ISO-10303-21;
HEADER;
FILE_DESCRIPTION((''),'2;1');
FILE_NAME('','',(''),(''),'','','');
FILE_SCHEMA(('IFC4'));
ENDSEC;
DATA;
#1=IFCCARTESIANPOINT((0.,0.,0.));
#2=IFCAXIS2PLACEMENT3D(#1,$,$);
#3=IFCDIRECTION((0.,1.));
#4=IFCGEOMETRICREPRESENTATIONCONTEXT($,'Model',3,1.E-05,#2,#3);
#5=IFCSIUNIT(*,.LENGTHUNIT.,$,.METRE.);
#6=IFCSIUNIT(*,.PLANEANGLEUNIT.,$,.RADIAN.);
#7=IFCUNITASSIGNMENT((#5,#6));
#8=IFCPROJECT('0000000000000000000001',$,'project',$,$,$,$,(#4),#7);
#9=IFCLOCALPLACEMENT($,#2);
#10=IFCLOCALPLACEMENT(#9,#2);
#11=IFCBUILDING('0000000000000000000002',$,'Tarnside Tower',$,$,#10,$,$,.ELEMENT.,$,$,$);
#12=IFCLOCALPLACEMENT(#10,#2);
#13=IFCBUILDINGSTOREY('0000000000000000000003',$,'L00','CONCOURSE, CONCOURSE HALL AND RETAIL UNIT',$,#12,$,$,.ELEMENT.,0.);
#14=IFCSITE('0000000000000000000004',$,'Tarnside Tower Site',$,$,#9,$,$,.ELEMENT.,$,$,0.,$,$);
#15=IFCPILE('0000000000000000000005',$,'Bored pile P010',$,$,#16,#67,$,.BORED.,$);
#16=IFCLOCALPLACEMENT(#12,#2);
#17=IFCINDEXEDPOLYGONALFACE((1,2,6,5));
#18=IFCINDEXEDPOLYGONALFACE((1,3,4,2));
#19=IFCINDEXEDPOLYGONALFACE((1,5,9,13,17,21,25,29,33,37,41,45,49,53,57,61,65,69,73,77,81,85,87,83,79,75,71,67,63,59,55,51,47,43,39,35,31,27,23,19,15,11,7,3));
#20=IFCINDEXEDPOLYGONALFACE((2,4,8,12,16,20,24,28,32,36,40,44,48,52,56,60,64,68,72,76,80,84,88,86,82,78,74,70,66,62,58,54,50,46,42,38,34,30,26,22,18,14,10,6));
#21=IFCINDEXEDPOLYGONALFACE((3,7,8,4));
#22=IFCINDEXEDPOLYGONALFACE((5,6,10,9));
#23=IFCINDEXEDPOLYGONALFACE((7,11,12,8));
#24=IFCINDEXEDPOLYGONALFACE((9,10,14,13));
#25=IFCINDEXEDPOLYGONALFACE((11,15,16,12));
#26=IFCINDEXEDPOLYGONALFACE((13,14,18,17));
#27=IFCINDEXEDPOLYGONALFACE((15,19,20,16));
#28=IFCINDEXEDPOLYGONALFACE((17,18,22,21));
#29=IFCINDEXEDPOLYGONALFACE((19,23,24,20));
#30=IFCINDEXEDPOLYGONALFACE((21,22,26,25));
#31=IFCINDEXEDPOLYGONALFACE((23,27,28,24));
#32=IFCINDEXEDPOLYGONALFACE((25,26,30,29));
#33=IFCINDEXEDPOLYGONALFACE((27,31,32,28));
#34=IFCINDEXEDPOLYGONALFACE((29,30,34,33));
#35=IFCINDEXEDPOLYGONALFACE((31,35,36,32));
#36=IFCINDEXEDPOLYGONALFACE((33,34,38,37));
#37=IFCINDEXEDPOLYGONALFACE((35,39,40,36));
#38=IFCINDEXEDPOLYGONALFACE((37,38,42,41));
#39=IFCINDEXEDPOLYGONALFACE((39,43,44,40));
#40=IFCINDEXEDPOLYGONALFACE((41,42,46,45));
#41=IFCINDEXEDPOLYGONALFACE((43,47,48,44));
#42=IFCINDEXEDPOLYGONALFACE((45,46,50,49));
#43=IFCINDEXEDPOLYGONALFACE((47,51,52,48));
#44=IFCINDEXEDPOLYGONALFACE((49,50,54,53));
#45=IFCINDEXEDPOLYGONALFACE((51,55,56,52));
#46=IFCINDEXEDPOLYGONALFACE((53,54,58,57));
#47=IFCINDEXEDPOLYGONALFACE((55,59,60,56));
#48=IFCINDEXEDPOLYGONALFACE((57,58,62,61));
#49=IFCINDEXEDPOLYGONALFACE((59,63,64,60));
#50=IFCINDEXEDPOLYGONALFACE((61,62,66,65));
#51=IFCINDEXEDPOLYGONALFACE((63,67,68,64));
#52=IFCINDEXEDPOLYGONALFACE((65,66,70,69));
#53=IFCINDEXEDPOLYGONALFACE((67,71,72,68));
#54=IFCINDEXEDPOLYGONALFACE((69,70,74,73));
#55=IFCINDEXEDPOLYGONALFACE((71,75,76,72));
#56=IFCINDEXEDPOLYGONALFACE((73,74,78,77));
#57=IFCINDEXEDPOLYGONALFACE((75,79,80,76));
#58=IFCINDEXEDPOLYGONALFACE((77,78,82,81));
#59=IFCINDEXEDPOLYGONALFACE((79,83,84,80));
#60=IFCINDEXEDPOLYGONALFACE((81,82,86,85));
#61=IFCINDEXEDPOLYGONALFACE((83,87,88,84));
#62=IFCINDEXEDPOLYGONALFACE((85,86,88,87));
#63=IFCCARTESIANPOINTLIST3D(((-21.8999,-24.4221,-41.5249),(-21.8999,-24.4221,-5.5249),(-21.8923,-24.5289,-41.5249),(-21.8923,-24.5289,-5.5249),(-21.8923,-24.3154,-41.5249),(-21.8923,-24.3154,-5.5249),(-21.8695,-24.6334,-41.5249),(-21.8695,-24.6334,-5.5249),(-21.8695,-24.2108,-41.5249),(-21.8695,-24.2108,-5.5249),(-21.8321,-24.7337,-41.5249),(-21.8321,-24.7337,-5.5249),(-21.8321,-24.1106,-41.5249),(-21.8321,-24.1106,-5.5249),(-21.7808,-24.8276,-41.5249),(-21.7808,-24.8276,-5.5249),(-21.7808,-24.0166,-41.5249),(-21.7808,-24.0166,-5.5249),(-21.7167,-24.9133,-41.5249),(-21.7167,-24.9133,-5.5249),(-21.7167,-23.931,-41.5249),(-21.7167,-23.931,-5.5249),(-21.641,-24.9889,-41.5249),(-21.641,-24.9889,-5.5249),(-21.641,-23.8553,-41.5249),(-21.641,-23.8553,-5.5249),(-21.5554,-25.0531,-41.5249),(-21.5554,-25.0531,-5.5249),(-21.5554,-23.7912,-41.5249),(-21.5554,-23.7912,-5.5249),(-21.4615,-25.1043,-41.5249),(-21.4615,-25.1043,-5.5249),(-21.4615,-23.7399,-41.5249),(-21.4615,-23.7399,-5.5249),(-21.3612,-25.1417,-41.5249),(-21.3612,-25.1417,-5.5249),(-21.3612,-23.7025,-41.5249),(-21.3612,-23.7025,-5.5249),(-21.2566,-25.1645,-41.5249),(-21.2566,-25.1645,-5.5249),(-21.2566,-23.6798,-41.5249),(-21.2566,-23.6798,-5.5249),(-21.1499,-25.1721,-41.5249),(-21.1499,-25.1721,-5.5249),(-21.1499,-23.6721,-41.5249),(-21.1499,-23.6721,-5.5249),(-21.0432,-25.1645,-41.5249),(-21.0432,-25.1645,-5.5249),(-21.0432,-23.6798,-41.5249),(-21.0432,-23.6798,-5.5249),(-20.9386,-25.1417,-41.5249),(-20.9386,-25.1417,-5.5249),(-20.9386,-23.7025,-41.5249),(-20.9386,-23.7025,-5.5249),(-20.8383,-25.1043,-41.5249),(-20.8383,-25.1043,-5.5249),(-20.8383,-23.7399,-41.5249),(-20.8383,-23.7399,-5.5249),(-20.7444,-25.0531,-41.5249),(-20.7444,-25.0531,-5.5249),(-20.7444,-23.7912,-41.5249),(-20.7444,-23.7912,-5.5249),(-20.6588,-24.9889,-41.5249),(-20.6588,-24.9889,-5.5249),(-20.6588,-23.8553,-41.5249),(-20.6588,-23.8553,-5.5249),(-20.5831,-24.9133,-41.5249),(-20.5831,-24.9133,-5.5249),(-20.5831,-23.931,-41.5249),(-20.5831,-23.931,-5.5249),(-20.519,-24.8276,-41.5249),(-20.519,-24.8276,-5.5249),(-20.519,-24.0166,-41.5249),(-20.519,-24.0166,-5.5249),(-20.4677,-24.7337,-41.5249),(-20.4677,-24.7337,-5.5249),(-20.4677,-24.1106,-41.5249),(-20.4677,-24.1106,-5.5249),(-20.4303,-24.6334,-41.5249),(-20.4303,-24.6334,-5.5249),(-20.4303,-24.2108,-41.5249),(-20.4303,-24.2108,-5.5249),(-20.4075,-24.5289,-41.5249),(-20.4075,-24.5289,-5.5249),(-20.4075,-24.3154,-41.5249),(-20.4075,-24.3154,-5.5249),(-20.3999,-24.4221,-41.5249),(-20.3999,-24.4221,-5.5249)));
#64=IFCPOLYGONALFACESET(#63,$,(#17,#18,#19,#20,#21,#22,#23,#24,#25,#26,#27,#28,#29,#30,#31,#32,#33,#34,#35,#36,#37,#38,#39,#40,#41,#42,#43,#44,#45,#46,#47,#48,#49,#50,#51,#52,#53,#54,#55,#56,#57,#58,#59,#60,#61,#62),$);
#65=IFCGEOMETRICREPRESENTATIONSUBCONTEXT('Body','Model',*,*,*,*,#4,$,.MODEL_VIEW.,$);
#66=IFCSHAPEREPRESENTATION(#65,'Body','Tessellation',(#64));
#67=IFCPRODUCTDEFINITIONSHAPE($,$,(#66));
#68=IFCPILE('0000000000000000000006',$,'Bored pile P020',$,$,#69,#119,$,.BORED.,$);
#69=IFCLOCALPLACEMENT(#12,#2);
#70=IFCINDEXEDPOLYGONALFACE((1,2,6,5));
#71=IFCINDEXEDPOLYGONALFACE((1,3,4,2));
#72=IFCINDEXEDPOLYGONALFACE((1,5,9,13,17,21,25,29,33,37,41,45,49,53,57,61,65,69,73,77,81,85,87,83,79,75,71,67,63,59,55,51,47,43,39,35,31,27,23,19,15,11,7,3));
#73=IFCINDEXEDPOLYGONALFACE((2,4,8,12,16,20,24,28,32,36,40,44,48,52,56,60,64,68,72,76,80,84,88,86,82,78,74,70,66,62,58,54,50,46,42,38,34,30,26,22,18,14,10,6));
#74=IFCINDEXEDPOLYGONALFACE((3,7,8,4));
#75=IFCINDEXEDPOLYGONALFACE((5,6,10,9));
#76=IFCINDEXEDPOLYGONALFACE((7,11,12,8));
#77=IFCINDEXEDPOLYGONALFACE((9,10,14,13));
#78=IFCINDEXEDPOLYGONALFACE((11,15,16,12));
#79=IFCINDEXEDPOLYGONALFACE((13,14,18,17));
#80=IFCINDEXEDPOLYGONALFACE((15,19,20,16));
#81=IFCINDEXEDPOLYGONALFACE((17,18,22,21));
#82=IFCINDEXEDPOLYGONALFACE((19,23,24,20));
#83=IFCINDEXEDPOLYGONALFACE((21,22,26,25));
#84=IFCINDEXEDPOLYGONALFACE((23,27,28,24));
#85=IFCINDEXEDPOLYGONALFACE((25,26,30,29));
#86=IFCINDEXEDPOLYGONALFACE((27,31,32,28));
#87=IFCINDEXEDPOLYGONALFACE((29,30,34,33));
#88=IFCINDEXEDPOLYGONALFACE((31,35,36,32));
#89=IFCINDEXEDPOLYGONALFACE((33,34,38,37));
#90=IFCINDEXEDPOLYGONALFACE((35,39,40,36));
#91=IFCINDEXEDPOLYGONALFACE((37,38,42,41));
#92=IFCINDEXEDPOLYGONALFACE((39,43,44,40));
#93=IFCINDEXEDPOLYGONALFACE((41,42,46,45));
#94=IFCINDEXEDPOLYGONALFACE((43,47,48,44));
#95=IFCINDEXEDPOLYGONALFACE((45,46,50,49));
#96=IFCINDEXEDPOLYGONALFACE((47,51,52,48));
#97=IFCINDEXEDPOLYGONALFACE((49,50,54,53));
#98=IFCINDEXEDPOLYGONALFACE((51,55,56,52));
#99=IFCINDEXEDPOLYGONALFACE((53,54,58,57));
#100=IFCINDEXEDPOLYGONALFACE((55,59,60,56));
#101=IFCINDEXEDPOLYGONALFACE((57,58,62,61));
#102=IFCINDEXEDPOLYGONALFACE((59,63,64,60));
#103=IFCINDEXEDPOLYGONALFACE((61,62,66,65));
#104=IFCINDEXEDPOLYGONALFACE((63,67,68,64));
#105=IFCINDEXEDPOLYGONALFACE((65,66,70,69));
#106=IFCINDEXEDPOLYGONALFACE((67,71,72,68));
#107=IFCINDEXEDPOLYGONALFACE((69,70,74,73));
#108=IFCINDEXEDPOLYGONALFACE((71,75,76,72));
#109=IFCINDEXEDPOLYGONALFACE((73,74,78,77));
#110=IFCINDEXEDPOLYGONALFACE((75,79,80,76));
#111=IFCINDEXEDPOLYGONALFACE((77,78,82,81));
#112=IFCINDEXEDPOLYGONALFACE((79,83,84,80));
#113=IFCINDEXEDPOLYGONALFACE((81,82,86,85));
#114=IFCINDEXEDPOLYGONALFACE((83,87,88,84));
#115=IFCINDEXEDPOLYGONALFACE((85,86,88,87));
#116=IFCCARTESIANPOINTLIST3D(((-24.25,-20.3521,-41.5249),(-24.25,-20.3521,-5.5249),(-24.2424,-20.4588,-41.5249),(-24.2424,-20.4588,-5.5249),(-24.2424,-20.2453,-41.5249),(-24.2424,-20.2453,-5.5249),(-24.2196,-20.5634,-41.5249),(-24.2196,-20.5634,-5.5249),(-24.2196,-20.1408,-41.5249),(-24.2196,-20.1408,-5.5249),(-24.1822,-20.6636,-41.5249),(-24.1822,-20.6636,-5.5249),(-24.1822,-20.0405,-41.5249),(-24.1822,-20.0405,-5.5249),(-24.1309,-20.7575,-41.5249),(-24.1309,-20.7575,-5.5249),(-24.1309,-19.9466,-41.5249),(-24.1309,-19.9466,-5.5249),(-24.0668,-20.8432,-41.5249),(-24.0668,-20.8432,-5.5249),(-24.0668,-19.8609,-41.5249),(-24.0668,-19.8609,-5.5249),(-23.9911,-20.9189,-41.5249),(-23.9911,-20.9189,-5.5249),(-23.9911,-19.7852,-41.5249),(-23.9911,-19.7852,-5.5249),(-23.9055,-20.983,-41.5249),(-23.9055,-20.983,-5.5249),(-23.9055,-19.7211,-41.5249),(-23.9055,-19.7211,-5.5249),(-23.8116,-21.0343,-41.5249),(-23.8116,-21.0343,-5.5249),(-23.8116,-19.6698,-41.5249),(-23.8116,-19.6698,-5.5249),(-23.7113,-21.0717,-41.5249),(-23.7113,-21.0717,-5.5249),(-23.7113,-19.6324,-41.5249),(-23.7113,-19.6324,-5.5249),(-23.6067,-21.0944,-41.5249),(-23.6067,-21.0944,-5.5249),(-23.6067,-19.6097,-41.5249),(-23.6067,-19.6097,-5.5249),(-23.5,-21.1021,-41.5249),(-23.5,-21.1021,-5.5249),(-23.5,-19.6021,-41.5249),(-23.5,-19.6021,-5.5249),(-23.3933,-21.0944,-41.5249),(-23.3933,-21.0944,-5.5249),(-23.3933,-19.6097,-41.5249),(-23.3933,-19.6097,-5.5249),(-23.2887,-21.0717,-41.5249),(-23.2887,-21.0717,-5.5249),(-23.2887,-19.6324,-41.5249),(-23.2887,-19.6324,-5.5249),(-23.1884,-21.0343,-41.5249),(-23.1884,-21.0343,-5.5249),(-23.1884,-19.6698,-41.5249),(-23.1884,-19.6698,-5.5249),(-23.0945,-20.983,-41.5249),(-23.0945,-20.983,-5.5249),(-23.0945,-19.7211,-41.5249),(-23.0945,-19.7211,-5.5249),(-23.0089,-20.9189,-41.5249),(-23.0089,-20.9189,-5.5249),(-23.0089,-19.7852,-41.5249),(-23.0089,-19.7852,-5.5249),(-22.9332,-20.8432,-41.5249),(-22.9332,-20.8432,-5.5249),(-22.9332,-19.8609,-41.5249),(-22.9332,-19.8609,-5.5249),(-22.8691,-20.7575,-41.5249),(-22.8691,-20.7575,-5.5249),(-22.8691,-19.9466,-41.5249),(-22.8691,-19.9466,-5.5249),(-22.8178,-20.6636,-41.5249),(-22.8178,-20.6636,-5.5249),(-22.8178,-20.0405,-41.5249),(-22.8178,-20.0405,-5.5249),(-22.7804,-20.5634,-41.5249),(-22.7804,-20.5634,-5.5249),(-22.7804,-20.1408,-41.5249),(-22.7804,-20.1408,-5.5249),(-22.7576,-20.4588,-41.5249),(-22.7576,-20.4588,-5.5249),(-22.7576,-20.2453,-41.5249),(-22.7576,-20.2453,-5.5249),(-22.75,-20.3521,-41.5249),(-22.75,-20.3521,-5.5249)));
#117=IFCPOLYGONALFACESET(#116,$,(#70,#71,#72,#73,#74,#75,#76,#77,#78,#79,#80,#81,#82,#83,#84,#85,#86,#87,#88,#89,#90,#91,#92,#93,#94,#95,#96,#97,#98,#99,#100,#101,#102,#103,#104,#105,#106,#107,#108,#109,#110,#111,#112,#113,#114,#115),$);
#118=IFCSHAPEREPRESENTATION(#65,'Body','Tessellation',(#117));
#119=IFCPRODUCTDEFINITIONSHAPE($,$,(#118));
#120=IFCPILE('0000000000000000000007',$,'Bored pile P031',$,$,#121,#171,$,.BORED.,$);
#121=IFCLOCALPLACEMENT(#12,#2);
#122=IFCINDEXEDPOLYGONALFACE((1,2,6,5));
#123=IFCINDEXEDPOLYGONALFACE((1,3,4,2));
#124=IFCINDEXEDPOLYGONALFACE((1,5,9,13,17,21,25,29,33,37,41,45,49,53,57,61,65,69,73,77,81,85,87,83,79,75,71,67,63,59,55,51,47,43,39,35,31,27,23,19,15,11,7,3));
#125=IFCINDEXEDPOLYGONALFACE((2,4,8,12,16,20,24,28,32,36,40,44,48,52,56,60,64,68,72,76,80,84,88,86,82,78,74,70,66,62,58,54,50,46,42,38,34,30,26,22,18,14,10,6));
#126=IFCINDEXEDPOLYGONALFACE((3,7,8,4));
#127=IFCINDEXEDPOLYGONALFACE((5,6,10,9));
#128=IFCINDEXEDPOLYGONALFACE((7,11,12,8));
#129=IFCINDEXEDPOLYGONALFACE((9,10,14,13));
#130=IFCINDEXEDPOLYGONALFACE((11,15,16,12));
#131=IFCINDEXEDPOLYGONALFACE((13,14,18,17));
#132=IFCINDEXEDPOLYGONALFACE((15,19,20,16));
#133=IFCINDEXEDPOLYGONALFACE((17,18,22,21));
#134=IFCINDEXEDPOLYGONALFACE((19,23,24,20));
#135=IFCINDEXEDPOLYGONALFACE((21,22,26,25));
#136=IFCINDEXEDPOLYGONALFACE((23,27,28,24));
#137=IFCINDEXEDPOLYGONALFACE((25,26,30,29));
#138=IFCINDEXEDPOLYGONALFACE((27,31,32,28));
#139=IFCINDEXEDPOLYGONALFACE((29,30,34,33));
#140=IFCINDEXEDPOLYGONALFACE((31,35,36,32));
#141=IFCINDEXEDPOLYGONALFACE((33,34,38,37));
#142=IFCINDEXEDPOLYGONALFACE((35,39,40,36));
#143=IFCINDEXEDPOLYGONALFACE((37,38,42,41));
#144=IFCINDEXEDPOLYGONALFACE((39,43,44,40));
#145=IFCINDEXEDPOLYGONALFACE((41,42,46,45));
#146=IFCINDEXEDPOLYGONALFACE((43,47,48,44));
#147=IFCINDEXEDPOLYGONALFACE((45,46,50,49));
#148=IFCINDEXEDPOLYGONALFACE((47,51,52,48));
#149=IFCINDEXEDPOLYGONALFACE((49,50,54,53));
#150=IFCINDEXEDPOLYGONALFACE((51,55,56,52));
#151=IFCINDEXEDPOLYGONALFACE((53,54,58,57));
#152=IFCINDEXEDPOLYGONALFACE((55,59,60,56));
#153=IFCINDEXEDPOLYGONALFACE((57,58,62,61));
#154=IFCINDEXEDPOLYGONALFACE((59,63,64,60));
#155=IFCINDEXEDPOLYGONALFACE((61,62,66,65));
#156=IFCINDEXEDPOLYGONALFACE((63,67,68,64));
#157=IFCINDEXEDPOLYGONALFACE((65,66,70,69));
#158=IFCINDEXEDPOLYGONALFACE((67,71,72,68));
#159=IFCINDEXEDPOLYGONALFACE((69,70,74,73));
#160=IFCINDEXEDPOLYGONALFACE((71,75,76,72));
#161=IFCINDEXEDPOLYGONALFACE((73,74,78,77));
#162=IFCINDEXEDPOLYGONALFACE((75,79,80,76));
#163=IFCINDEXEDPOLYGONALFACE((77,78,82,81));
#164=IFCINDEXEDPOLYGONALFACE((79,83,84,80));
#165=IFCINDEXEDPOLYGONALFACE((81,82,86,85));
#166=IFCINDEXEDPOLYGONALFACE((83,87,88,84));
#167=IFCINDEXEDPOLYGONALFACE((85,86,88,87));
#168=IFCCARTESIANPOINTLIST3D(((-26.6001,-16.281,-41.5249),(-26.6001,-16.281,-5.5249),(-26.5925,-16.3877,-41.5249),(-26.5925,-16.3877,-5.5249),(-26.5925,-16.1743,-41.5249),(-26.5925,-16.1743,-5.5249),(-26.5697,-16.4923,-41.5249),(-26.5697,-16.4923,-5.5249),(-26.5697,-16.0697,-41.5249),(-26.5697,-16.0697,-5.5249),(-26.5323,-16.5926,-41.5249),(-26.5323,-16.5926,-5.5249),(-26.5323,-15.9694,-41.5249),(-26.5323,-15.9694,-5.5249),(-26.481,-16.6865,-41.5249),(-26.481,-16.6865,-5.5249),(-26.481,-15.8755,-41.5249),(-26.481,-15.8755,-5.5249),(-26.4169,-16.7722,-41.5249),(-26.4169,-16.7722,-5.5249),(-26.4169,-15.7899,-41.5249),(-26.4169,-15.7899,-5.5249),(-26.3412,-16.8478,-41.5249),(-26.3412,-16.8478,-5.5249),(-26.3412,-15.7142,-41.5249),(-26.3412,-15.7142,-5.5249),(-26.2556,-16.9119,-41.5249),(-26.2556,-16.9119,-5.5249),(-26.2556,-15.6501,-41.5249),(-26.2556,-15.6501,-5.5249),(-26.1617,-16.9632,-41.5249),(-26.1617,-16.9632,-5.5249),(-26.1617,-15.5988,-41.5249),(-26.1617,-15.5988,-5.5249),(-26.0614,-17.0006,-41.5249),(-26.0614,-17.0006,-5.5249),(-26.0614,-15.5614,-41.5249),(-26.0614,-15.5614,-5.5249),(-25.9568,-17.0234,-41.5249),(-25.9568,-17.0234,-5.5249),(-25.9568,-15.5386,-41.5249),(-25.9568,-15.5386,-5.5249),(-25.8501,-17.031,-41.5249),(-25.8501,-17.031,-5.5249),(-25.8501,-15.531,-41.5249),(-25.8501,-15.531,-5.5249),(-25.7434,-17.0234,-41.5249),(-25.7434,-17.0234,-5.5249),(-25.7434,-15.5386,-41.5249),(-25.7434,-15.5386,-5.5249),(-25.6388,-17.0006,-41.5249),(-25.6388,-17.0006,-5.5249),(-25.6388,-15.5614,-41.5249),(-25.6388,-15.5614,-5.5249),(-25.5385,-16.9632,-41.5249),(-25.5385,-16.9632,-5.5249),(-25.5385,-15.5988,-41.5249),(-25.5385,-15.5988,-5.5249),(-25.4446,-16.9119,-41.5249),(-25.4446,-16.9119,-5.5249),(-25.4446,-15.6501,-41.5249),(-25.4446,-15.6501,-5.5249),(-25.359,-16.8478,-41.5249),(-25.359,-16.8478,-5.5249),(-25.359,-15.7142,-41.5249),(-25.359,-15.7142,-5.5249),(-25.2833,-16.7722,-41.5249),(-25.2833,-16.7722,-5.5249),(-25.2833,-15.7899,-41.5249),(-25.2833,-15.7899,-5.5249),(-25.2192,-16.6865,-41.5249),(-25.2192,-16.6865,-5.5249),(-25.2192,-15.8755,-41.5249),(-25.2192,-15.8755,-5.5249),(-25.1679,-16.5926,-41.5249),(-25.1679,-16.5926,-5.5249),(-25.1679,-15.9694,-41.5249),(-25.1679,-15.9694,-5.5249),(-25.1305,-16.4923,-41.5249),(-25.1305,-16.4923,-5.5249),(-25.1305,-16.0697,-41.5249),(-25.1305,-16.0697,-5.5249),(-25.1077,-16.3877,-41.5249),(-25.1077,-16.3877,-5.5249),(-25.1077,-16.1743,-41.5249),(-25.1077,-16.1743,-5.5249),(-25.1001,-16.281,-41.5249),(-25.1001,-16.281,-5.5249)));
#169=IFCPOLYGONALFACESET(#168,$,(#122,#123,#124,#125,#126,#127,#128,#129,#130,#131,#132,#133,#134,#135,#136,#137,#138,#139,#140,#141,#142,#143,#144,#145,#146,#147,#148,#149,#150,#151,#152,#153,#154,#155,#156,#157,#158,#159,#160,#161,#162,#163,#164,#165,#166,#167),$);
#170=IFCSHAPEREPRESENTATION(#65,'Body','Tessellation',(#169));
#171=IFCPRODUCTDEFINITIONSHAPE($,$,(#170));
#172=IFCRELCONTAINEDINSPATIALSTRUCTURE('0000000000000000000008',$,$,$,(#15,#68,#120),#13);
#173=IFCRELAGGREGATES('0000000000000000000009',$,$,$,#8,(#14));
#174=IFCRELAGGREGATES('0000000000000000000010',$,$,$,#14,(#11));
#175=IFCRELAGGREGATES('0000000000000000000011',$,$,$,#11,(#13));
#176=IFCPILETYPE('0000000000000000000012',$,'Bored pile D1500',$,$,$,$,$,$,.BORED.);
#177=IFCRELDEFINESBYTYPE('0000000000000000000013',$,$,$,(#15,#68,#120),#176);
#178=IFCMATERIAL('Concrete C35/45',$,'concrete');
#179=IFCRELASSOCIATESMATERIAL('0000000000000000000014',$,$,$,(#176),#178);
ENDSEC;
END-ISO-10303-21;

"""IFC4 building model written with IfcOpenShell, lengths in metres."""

from ifc_helpers import new_model, si_unit, direction, frame, origin, origin_2d, place, context, subcontext, project, spatial, circle, extrude, material, material_profile, profile_set, type_object, element, save


model = new_model("IFC4")

# Units and contexts
model_context = context("Model", 3, precision=1e-05, world=origin(), true_north=direction((0.0, 1.0)))
body_context = subcontext(model_context, "Body", "Model", "MODEL_VIEW")
ifc_project = project(units=[si_unit("LENGTHUNIT", "METRE"), si_unit("PLANEANGLEUNIT", "RADIAN")], contexts=[model_context])

# Site, building, storey
site_placement = place(None, origin())
site = spatial("IfcSite", under=ifc_project, at=site_placement, Name="Tarnside Tower Site", CompositionType="ELEMENT", RefElevation=0.0)
building_placement = place(site_placement, origin())
building = spatial("IfcBuilding", under=site, at=building_placement, Name="Tarnside Tower", CompositionType="ELEMENT")
storey_placement = place(building_placement, origin())
storey = spatial("IfcBuildingStorey", under=building, at=storey_placement, Name="L00", Description="CONCOURSE, CONCOURSE HALL AND RETAIL UNIT", CompositionType="ELEMENT", Elevation=0.0)

# Piles
ifc_material_1 = material(Name="Concrete C35/45", Category="concrete")
ifc_material_profile_1 = material_profile(ifc_material_1, circle(Radius=0.75, at=origin_2d()), Name="Bored pile D1500")
ifc_profile_set_1 = profile_set([ifc_material_profile_1], Name="Concrete C35/45")
pile_type = type_object("IfcPileType", Name="Bored pile D1500", PredefinedType="BORED", material=ifc_profile_set_1)
for number, where, z_axis, x_axis, name in (
    (1, (-21.1499, -24.4221, -5.5249), (0.0, 0.0, -1.0), (1.0, 0.0, 0.0), "Bored pile P010"),
    (2, (-23.5, -20.3521, -5.5249), (0.0, 0.0, -1.0), (1.0, 0.0, 0.0), "Bored pile P020"),
    (3, (-25.8501, -16.281, -5.5249), (0.0, 0.0, -1.0), (1.0, 0.0, 0.0), "Bored pile P031"),
):
    element("IfcPile", number, at=place(storey_placement, frame(where, z_axis=z_axis, x_axis=x_axis)), inside=storey, type_object=pile_type, Name=name, PredefinedType="BORED", context=body_context, shape_type="SweptSolid", body=[
        extrude(circle(Radius=0.75, at=origin_2d()), origin(), (0.0, 0.0, 1.0), 36.0),
    ])

save(model, "model.ifc")
